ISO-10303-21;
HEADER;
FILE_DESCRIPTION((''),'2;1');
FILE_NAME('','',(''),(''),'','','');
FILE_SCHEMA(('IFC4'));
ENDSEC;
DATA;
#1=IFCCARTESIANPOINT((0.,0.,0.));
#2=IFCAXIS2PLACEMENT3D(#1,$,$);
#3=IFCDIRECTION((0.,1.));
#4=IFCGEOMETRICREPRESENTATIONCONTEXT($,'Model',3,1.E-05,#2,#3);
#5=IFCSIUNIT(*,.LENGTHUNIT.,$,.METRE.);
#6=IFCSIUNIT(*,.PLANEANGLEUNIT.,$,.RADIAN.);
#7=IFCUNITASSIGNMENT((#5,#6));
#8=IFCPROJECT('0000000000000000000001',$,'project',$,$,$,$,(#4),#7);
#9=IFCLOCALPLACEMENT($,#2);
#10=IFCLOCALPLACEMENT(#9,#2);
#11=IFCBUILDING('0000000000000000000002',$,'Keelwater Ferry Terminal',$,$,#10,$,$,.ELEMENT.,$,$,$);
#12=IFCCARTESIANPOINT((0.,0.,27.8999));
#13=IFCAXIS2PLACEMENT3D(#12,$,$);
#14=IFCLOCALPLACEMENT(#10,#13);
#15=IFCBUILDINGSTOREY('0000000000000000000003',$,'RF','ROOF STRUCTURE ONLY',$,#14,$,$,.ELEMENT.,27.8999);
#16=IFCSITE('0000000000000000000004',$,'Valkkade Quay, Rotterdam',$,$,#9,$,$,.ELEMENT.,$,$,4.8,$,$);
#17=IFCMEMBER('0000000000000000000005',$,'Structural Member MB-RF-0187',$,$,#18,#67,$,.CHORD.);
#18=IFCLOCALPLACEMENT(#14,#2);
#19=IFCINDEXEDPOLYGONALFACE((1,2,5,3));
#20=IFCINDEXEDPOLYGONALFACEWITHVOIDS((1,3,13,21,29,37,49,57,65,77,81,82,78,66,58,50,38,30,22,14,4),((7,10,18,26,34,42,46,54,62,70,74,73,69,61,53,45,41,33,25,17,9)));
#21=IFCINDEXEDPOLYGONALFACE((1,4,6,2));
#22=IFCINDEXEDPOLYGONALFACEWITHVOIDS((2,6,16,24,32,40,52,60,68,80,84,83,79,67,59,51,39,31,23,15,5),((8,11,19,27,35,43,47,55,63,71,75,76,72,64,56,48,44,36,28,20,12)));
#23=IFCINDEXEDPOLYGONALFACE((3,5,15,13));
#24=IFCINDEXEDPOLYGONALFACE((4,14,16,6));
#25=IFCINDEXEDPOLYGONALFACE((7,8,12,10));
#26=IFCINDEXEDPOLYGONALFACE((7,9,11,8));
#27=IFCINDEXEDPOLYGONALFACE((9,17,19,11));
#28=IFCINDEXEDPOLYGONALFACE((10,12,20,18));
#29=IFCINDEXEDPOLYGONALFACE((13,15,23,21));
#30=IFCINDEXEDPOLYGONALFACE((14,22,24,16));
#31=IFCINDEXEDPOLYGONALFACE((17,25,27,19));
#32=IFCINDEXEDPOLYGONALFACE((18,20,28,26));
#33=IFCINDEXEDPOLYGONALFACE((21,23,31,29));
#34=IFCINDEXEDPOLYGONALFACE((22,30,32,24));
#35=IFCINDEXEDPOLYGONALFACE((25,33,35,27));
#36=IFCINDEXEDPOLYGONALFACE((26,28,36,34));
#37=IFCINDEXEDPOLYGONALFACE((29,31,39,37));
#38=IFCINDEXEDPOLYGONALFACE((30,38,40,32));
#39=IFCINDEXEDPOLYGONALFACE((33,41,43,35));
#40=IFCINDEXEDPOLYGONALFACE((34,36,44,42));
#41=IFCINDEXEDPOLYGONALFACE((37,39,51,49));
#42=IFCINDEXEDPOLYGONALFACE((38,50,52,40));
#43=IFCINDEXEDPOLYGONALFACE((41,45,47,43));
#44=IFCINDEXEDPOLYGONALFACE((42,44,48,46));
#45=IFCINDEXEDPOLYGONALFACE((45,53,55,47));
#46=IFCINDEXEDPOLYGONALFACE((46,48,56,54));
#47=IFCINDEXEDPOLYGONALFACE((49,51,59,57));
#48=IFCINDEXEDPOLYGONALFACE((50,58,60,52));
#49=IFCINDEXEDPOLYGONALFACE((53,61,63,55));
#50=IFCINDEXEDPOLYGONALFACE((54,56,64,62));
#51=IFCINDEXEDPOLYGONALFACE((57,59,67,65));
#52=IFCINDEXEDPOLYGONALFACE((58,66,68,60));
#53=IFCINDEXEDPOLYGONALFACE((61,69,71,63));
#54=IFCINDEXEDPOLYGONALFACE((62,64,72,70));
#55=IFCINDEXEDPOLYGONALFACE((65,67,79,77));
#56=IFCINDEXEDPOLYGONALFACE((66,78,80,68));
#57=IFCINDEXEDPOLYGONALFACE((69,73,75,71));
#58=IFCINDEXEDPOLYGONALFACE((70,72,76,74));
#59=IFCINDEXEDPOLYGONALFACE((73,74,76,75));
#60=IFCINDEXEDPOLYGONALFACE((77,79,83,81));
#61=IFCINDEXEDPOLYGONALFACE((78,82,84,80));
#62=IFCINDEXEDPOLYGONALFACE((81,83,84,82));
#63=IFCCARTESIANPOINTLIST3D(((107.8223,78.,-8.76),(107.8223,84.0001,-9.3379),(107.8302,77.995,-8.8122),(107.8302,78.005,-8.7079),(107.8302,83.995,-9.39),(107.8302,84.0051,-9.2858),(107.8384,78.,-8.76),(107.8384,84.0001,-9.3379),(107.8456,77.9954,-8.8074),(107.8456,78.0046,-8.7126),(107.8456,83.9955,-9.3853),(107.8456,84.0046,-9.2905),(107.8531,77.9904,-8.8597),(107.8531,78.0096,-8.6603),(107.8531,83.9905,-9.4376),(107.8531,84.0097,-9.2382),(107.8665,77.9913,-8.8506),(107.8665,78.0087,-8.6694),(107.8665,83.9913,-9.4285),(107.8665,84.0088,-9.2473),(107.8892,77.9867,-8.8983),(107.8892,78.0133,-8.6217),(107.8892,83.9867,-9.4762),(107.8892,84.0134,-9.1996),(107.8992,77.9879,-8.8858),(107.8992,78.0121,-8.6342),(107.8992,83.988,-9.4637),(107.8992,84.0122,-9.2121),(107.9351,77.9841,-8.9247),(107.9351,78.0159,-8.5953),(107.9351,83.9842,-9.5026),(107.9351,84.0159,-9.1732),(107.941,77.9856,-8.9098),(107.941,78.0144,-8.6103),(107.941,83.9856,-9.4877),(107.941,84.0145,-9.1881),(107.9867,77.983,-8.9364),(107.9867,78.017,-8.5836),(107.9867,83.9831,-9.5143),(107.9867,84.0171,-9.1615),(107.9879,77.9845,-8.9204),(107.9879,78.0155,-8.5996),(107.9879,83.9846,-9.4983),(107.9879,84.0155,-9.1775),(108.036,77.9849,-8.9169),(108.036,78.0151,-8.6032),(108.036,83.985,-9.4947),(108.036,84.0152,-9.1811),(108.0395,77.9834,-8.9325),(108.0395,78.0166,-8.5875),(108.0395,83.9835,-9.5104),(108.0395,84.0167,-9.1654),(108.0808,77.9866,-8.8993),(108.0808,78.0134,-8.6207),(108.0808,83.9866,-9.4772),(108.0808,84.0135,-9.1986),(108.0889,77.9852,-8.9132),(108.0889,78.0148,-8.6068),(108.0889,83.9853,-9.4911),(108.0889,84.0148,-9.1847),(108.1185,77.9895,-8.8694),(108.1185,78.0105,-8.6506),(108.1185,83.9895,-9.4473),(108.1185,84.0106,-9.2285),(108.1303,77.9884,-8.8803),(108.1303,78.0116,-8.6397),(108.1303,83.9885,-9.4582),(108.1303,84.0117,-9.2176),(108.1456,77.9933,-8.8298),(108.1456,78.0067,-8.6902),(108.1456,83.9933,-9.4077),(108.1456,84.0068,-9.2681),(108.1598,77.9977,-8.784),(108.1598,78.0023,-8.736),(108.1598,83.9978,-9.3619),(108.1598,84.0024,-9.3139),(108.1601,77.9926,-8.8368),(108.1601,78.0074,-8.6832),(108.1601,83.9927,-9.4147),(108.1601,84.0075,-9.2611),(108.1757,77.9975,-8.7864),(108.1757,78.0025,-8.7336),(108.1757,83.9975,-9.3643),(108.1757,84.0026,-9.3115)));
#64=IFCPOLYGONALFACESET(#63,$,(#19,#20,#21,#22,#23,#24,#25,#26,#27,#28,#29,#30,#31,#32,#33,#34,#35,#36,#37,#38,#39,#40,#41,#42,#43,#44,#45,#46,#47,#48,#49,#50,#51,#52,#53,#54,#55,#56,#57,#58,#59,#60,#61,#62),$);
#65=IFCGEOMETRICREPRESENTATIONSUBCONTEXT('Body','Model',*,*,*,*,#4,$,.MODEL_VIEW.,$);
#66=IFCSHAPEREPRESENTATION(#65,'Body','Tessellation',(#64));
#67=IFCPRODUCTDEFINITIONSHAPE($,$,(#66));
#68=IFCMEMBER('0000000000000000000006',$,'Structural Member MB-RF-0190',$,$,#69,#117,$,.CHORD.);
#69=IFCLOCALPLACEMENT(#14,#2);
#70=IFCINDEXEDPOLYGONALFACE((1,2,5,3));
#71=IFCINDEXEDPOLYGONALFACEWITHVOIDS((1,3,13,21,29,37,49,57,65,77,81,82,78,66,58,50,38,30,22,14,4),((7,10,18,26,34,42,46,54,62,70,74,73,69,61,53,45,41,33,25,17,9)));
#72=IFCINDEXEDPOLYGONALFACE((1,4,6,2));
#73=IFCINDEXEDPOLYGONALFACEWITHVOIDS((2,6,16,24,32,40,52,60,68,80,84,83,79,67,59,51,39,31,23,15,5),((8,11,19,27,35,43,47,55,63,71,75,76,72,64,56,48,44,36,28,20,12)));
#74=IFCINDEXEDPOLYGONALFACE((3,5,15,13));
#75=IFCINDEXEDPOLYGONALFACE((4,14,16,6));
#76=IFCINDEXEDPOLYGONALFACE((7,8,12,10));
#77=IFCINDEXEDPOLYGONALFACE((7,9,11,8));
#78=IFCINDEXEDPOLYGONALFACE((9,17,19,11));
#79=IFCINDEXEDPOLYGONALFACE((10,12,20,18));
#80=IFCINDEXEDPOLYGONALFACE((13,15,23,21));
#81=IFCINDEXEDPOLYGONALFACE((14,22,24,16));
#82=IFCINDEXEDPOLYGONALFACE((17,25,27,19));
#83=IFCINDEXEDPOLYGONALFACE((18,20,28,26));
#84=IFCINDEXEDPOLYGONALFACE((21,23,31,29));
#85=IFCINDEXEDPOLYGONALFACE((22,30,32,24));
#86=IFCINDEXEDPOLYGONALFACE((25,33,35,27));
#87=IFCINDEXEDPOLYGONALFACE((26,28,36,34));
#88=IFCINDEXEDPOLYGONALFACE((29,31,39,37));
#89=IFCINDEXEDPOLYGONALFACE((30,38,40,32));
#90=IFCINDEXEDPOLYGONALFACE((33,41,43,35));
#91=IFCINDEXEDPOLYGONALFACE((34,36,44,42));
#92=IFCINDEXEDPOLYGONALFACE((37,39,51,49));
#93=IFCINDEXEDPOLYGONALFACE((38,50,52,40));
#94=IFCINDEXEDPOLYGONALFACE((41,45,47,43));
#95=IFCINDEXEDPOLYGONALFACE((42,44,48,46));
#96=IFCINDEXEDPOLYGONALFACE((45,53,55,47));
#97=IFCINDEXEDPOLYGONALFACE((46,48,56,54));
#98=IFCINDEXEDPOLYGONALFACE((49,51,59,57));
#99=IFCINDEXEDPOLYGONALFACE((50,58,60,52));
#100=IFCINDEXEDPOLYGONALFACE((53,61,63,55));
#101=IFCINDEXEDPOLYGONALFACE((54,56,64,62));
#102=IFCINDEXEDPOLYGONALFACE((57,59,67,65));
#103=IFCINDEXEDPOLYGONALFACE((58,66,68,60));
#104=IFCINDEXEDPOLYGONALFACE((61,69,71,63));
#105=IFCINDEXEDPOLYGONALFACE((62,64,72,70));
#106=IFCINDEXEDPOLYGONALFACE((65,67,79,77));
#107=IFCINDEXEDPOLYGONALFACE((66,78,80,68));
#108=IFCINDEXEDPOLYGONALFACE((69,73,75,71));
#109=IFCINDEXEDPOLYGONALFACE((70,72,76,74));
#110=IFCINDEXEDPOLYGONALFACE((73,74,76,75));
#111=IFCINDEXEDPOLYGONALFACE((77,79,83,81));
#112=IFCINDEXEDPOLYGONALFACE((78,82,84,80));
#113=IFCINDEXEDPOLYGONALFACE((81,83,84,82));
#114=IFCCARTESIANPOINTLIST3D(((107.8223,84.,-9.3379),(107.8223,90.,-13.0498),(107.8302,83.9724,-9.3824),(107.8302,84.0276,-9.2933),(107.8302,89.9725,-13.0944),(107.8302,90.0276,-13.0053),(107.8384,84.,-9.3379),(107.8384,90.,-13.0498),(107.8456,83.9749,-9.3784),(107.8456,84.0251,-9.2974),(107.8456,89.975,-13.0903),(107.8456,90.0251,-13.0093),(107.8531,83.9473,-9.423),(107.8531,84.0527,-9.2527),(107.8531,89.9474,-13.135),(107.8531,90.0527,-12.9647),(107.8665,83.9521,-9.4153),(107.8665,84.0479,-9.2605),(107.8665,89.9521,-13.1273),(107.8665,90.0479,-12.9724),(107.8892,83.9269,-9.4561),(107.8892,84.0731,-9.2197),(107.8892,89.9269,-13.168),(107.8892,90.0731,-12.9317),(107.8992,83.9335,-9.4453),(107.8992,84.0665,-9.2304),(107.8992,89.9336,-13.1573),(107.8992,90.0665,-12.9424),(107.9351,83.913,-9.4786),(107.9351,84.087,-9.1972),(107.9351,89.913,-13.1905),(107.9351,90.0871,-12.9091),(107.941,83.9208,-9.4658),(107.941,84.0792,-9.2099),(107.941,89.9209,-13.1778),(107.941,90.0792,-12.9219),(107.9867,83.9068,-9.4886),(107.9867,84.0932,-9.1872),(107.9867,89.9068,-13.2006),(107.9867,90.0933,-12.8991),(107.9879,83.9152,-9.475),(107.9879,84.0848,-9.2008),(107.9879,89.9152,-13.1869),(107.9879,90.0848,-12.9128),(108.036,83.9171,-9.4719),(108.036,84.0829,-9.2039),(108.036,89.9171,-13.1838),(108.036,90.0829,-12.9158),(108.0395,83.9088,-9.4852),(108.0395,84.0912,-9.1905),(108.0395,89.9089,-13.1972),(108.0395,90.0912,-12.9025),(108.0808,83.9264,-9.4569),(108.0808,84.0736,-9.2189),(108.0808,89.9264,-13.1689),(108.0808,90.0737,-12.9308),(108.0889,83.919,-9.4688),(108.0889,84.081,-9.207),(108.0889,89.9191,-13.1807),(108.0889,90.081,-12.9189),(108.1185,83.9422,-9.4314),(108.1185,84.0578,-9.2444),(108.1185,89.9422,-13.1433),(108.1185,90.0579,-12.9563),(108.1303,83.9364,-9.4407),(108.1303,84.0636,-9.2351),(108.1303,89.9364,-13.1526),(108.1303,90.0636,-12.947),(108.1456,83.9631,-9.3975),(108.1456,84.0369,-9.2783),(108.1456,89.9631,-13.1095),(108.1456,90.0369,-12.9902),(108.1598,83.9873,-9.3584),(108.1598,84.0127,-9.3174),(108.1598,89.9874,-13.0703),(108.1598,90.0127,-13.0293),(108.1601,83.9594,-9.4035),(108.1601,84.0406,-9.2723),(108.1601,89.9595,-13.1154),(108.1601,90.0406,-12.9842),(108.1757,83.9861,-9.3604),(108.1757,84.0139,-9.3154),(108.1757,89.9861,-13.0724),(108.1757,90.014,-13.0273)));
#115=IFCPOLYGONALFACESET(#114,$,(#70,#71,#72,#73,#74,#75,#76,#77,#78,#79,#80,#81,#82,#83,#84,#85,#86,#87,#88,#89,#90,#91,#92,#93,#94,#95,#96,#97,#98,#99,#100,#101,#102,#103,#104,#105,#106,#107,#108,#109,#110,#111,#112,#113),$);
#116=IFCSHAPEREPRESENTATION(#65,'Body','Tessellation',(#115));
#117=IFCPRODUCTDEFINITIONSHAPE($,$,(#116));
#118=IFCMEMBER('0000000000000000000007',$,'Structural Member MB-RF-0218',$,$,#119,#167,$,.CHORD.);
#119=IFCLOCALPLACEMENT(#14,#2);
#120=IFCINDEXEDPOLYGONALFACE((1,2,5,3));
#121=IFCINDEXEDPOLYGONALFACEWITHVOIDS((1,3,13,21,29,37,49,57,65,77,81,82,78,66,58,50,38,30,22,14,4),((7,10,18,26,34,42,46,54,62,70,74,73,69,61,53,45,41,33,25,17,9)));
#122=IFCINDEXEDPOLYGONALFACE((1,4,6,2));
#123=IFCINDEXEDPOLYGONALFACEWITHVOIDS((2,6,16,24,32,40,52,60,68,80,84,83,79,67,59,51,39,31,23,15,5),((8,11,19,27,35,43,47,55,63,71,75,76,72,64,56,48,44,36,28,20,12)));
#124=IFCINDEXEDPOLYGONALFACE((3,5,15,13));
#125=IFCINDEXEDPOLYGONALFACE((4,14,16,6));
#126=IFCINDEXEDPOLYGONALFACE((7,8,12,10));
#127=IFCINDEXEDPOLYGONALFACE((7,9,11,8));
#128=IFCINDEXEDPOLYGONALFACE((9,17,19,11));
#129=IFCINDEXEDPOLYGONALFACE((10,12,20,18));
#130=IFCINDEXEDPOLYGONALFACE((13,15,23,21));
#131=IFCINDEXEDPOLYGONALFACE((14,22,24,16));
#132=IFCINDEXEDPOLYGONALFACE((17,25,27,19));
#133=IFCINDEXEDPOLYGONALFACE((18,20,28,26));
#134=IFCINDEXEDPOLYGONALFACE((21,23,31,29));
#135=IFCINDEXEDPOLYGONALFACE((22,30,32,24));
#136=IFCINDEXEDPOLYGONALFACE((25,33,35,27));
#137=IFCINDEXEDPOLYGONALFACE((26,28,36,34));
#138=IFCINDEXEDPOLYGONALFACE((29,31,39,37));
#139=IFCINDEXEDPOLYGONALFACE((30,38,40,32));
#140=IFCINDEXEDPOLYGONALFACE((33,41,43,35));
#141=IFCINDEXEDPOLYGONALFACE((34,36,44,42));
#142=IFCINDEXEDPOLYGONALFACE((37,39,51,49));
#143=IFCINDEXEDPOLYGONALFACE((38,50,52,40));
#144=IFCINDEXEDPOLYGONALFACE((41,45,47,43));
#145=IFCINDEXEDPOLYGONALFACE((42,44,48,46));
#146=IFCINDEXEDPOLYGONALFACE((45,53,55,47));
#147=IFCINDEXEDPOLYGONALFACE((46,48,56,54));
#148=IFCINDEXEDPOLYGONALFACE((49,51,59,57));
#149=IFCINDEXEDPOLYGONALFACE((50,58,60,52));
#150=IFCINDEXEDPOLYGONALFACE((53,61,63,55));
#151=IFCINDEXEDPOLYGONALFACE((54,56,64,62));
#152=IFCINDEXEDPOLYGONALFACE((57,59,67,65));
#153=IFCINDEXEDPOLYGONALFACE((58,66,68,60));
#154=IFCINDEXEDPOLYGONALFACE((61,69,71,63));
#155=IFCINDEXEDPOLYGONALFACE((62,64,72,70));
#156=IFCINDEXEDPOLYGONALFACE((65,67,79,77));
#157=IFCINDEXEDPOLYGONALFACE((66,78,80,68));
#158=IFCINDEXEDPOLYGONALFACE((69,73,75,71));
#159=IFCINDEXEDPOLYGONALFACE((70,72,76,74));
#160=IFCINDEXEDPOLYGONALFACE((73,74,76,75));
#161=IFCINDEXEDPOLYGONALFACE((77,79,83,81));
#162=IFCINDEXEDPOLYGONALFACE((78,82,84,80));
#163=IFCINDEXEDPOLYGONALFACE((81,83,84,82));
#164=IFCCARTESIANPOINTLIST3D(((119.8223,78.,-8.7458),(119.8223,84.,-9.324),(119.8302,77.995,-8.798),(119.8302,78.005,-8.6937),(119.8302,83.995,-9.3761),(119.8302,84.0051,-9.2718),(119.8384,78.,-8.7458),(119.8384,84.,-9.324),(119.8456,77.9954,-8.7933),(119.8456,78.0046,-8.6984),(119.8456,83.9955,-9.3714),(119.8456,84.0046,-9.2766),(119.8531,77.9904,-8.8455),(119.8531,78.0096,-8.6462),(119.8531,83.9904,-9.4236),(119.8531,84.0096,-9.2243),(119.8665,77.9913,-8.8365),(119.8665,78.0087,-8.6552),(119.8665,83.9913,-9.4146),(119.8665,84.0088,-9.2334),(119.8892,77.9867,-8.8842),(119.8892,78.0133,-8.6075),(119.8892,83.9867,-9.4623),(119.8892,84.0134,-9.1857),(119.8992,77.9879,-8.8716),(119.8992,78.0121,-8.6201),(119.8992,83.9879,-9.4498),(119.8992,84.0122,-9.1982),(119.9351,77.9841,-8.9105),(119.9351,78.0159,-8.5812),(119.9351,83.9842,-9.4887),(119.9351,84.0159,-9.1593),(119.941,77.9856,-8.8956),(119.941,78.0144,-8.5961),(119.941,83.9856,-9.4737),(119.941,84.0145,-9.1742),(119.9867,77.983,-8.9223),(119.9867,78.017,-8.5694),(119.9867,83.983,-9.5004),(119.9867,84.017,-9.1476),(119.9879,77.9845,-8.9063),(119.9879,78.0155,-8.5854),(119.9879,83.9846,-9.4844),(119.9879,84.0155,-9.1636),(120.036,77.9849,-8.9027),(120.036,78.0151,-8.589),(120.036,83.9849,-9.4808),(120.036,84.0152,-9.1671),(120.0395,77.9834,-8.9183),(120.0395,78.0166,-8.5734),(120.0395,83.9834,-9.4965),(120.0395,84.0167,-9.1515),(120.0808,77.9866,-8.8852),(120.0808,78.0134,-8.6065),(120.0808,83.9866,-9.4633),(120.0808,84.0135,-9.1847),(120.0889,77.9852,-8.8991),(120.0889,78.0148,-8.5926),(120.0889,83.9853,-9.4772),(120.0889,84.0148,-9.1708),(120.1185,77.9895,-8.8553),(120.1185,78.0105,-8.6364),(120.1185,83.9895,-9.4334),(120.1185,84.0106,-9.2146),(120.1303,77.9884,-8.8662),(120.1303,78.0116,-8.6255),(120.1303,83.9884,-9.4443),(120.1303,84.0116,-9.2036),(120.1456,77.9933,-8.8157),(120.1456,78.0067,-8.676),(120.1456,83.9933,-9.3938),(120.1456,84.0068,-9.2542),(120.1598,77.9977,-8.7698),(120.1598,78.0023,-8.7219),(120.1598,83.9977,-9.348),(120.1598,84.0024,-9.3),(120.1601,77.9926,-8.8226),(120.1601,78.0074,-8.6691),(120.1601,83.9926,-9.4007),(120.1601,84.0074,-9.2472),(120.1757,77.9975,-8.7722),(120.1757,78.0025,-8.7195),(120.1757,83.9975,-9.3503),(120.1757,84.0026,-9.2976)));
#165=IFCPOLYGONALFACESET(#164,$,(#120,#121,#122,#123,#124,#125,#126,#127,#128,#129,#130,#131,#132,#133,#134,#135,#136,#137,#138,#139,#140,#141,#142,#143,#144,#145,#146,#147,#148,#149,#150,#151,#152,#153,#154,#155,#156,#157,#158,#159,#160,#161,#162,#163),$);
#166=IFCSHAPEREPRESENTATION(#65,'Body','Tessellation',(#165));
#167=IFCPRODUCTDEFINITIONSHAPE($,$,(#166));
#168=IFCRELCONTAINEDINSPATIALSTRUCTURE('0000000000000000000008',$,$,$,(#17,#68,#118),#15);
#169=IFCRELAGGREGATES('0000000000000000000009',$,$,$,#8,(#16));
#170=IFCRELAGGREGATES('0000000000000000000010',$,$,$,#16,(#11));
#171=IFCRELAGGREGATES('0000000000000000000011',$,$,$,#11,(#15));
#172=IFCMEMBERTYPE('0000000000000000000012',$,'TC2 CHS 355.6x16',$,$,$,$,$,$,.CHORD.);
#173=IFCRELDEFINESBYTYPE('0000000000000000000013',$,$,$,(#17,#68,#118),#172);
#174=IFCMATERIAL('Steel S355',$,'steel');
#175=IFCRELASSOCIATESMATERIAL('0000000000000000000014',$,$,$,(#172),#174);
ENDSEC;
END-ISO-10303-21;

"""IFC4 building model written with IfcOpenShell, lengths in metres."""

from ifc_helpers import new_model, si_unit, direction, frame, origin, origin_2d, place, context, subcontext, project, spatial, hollow_circle, extrude, material, material_profile, profile_set, type_object, element, save


model = new_model("IFC4")

# Units and contexts
model_context = context("Model", 3, precision=1e-05, world=origin(), true_north=direction((0.0, 1.0)))
body_context = subcontext(model_context, "Body", "Model", "MODEL_VIEW")
ifc_project = project(units=[si_unit("LENGTHUNIT", "METRE"), si_unit("PLANEANGLEUNIT", "RADIAN")], contexts=[model_context])

# Site, building, storey
site_placement = place(None, origin())
site = spatial("IfcSite", under=ifc_project, at=site_placement, Name="Valkkade Quay, Rotterdam", CompositionType="ELEMENT", RefElevation=4.8)
building_placement = place(site_placement, origin())
building = spatial("IfcBuilding", under=site, at=building_placement, Name="Keelwater Ferry Terminal", CompositionType="ELEMENT")
storey_placement = place(building_placement, frame((0.0, 0.0, 27.8999)))
storey = spatial("IfcBuildingStorey", under=building, at=storey_placement, Name="RF", Description="ROOF STRUCTURE ONLY", CompositionType="ELEMENT", Elevation=27.8999)

# Members
ifc_material_1 = material(Name="Steel S355", Category="steel")
ifc_material_profile_1 = material_profile(ifc_material_1, hollow_circle(Radius=0.1777, WallThickness=0.0161, at=origin_2d()), Name="CHS 355.6x16")
ifc_profile_set_1 = profile_set([ifc_material_profile_1], Name="Steel S355")
member_type_1 = type_object("IfcMemberType", Name="TC2 CHS 355.6x16", PredefinedType="CHORD", material=ifc_profile_set_1)
member_1_placement = place(storey_placement, frame((108.0, 78.0, -8.76), z_axis=(0.0, 0.995394, -0.09587), x_axis=(-1.0, 0.0, 0.0)))
element("IfcMember", 1, at=member_1_placement, inside=storey, type_object=member_type_1, Name="Structural Member MB-RF-0187", PredefinedType="CHORD", context=body_context, shape_type="SweptSolid", body=[
    extrude(hollow_circle(Radius=0.1777, WallThickness=0.0161, at=origin_2d()), origin(), (0.0, 0.0, 1.0), 6.0278),
])
member_2_placement = place(storey_placement, frame((108.0, 84.0, -9.3379), z_axis=(0.0, 0.850416, -0.526112), x_axis=(-1.0, 0.0, 0.0)))
element("IfcMember", 2, at=member_2_placement, inside=storey, type_object=member_type_1, Name="Structural Member MB-RF-0190", PredefinedType="CHORD", context=body_context, shape_type="SweptSolid", body=[
    extrude(hollow_circle(Radius=0.1777, WallThickness=0.0161, at=origin_2d()), origin(), (0.0, 0.0, 1.0), 7.0554),
])
member_3_placement = place(storey_placement, frame((120.0, 78.0, -8.7458), z_axis=(0.0, 0.99539, -0.09591), x_axis=(-1.0, 0.0, 0.0)))
element("IfcMember", 3, at=member_3_placement, inside=storey, type_object=member_type_1, Name="Structural Member MB-RF-0218", PredefinedType="CHORD", context=body_context, shape_type="SweptSolid", body=[
    extrude(hollow_circle(Radius=0.1777, WallThickness=0.0161, at=origin_2d()), origin(), (0.0, 0.0, 1.0), 6.0278),
])

save(model, "model.ifc")
